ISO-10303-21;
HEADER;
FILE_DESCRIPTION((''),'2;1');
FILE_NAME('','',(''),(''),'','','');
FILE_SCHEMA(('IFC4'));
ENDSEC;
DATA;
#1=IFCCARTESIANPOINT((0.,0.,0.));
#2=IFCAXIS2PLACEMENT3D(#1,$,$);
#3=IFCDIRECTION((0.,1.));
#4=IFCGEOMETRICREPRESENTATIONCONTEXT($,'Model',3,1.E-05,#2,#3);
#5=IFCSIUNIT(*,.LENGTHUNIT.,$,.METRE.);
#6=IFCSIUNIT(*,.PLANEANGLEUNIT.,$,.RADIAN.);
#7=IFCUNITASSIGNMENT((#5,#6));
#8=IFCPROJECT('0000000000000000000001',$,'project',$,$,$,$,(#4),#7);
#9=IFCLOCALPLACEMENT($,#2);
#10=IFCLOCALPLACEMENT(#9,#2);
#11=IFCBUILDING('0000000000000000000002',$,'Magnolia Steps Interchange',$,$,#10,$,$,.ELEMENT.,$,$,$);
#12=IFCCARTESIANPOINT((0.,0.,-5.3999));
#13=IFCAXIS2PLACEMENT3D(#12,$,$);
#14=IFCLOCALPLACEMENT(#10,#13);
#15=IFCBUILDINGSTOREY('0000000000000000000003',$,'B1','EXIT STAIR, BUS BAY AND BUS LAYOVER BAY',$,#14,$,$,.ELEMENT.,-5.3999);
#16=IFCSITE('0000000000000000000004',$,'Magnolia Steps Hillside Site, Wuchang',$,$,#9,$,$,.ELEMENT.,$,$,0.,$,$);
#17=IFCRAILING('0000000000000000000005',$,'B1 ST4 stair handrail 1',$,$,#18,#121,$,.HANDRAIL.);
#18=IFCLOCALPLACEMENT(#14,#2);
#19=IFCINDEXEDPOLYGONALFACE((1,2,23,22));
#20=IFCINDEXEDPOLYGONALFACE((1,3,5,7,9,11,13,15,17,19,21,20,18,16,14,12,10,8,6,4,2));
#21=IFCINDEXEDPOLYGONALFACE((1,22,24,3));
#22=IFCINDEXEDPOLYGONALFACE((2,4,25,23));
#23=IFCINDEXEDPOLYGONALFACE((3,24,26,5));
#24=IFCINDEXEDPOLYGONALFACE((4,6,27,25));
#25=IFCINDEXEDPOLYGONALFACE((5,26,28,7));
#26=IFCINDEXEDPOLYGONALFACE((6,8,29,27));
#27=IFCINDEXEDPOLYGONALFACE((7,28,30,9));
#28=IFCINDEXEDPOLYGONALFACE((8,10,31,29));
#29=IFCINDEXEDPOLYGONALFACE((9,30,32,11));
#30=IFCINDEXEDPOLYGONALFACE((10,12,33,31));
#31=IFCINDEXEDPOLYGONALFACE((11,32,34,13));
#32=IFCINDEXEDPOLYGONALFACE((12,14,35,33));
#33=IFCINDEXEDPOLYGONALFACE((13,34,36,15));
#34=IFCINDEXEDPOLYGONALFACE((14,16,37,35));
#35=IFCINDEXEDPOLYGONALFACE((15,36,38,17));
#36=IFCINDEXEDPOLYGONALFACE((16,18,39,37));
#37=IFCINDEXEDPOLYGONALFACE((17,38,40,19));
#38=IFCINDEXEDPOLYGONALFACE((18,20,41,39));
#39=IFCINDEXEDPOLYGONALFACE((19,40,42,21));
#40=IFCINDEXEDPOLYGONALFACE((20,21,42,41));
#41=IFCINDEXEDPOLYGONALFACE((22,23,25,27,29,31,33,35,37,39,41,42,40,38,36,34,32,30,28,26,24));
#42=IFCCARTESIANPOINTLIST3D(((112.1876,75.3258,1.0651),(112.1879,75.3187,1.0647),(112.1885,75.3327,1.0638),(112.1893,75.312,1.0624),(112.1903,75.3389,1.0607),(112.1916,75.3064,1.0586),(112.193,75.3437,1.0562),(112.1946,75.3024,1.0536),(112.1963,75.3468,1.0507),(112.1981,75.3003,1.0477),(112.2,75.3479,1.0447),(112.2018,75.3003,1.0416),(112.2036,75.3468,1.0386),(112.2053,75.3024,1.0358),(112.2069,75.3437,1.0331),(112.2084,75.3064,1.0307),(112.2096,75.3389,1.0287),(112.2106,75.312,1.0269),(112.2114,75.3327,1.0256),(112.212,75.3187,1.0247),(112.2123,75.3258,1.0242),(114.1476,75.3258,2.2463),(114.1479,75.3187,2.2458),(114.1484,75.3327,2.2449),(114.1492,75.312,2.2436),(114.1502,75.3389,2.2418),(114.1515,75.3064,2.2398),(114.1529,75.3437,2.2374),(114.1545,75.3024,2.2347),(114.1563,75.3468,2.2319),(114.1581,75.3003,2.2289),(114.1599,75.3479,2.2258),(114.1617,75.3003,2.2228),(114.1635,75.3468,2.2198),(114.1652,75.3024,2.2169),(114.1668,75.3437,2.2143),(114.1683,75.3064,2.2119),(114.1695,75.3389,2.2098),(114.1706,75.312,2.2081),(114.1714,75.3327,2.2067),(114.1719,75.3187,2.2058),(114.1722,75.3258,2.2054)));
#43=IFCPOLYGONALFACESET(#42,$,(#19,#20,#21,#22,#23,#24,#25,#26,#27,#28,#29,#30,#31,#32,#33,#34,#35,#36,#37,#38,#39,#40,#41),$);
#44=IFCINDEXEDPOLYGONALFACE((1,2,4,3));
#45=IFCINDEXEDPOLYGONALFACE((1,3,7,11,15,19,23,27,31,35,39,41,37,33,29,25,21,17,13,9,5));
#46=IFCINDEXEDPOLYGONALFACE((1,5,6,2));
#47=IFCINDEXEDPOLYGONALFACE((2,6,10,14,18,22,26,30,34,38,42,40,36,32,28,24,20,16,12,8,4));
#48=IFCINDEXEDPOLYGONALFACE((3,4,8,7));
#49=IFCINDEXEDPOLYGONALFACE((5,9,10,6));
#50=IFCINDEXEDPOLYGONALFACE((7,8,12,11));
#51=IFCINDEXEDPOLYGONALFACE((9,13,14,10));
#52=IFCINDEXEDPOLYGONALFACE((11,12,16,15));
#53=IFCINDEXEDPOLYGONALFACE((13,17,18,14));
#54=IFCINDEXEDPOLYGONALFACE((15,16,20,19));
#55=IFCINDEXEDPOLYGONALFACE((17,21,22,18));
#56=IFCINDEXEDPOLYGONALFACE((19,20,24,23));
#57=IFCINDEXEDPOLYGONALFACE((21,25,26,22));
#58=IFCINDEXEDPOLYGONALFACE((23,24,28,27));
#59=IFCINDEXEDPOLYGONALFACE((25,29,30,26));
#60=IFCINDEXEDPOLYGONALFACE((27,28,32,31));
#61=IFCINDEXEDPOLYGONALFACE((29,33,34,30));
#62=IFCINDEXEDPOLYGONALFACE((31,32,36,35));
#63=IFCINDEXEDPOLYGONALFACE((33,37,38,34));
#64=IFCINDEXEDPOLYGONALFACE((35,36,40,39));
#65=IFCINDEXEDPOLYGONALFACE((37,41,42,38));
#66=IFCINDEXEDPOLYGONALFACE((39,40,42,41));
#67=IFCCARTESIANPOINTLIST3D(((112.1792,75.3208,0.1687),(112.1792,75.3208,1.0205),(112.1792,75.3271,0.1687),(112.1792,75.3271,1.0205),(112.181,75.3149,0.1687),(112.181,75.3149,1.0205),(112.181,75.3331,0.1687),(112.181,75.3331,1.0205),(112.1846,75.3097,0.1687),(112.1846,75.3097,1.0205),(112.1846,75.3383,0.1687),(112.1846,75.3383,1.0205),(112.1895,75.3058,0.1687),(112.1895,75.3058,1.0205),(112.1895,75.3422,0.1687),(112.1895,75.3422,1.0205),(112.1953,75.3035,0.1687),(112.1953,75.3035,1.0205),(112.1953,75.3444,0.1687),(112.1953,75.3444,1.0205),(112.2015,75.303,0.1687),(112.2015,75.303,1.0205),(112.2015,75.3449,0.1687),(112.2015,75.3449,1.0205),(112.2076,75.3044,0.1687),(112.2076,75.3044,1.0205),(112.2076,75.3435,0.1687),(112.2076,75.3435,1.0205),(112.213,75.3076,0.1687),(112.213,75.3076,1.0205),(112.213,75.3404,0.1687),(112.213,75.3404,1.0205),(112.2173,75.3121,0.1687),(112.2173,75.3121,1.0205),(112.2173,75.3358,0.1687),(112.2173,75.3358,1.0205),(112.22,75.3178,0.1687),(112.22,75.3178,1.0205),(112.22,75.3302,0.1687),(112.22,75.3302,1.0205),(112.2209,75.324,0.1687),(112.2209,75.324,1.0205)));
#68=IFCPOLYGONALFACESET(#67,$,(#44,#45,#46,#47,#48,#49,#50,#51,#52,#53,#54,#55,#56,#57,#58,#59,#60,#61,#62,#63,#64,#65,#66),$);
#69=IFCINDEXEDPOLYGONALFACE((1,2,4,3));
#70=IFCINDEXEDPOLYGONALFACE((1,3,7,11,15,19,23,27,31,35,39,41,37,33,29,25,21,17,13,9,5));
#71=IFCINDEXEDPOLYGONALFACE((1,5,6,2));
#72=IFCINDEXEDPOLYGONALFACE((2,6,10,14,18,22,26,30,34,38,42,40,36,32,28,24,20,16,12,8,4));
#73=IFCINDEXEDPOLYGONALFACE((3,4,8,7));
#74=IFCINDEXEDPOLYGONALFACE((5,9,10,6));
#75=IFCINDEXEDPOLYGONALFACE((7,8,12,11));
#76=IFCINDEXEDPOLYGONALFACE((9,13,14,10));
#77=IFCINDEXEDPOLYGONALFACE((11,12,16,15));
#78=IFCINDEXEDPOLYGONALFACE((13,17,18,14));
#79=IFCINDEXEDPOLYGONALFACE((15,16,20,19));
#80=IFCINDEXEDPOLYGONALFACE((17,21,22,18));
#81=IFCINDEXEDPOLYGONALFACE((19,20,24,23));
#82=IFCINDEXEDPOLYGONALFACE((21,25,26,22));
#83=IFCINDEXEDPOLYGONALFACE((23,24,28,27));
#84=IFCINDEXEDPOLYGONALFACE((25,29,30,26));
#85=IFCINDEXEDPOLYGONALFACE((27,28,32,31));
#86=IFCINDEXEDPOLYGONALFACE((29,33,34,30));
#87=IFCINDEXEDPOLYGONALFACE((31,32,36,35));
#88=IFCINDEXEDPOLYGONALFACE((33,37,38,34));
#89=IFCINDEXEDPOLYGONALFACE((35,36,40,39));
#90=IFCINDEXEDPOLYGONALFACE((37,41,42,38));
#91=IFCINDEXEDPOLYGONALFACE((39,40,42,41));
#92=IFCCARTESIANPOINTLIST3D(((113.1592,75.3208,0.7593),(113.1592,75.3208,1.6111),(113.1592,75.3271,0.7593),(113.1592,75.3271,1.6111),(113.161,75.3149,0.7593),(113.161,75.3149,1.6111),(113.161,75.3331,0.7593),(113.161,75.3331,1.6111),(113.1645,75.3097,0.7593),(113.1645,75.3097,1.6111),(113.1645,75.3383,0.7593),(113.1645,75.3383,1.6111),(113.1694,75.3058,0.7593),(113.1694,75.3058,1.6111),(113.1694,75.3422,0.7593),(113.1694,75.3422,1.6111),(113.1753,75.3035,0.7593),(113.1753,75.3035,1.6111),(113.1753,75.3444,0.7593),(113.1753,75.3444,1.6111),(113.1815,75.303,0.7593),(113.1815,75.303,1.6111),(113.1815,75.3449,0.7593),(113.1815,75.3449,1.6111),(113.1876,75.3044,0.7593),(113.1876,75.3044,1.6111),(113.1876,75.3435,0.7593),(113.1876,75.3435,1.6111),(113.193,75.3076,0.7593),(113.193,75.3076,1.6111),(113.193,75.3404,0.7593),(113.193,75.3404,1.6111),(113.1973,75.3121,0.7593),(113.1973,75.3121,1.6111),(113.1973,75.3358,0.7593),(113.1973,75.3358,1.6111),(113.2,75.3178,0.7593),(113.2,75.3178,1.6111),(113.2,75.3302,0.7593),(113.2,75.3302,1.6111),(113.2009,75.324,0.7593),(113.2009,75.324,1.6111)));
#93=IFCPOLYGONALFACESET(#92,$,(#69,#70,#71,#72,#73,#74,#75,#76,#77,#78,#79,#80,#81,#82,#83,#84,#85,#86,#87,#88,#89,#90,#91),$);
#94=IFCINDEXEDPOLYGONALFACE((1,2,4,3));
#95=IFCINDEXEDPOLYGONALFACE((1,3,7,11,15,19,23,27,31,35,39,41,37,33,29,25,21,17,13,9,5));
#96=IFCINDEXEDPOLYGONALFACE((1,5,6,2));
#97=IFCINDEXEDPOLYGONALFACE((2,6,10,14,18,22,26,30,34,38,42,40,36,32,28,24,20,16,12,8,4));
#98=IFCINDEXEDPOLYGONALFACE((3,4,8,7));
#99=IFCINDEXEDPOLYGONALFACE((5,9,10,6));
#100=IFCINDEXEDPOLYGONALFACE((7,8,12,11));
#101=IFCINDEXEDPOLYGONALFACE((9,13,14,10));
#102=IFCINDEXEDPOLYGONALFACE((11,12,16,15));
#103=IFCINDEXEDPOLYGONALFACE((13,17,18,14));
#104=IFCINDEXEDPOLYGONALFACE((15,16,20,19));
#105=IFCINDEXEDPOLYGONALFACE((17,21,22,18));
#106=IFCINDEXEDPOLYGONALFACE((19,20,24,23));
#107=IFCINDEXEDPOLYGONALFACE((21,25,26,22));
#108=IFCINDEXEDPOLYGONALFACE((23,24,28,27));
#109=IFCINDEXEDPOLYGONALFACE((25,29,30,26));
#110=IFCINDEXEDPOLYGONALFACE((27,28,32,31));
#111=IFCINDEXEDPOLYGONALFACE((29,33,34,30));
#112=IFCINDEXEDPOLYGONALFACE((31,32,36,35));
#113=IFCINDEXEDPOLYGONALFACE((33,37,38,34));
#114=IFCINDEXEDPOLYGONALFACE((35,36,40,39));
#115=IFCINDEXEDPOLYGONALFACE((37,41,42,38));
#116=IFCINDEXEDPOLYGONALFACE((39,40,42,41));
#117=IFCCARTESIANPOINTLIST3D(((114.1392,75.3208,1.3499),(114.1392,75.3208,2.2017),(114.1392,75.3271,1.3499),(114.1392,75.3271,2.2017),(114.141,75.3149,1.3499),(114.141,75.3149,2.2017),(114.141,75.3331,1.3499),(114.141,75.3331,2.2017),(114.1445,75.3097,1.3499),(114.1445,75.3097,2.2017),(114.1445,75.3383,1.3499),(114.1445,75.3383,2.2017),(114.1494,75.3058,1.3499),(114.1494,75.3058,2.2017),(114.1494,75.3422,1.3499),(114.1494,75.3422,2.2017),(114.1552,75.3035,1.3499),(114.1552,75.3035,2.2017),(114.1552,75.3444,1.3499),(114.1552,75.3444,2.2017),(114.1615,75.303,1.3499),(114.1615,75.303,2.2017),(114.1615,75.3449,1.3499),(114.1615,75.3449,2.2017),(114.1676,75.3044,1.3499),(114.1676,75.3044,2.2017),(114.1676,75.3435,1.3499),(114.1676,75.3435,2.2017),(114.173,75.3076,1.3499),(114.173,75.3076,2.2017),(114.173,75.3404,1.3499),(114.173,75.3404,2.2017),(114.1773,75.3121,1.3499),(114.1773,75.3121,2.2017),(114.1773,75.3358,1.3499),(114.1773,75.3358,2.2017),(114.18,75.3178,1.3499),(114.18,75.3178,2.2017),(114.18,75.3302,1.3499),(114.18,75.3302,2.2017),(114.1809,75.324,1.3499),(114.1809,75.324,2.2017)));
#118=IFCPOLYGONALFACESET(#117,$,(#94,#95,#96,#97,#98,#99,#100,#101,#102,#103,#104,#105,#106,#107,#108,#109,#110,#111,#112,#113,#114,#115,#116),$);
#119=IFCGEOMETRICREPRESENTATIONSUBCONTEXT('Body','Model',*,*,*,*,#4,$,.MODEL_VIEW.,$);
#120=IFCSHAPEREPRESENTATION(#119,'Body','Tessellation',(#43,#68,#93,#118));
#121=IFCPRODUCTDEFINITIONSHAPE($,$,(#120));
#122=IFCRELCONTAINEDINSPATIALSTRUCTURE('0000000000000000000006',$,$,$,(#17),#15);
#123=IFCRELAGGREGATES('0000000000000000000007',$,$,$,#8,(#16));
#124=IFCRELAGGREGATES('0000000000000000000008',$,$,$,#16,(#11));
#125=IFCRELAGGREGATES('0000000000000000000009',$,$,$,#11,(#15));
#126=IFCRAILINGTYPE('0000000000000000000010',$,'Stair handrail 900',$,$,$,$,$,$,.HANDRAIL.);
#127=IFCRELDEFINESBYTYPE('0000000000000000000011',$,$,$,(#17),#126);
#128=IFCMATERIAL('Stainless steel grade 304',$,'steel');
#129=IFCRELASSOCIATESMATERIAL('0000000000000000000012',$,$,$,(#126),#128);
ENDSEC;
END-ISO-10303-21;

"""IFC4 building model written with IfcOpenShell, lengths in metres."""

from ifc_helpers import new_model, si_unit, direction, frame, origin, origin_2d, place, context, subcontext, project, spatial, circle, extrude, material, type_object, element, save


model = new_model("IFC4")

# Units and contexts
model_context = context("Model", 3, precision=1e-05, world=origin(), true_north=direction((0.0, 1.0)))
body_context = subcontext(model_context, "Body", "Model", "MODEL_VIEW")
ifc_project = project(units=[si_unit("LENGTHUNIT", "METRE"), si_unit("PLANEANGLEUNIT", "RADIAN")], contexts=[model_context])

# Site, building, storey
site_placement = place(None, origin())
site = spatial("IfcSite", under=ifc_project, at=site_placement, Name="Magnolia Steps Hillside Site, Wuchang", CompositionType="ELEMENT", RefElevation=0.0)
building_placement = place(site_placement, origin())
building = spatial("IfcBuilding", under=site, at=building_placement, Name="Magnolia Steps Interchange", CompositionType="ELEMENT")
storey_placement = place(building_placement, frame((0.0, 0.0, -5.3999)))
storey = spatial("IfcBuildingStorey", under=building, at=storey_placement, Name="B1", Description="EXIT STAIR, BUS BAY AND BUS LAYOVER BAY", CompositionType="ELEMENT", Elevation=-5.3999)

# Railing
ifc_material_1 = material(Name="Stainless steel grade 304", Category="steel")
railing_type_1 = type_object("IfcRailingType", Name="Stair handrail 900", PredefinedType="HANDRAIL", material=ifc_material_1)
railing_1_placement = place(storey_placement, frame((112.2, 75.324, 0.1687)))
element("IfcRailing", 1, at=railing_1_placement, inside=storey, type_object=railing_type_1, Name="B1 ST4 stair handrail 1", PredefinedType="HANDRAIL", context=body_context, shape_type="SweptSolid", body=[
    extrude(circle(Radius=0.0239, at=origin_2d()), frame((0.0, 0.0, 0.876), z_axis=(0.856493, 0.0, 0.516158), x_axis=(0.0, 1.0, 0.0)), (0.0, 0.0, 1.0), 2.2883),
    extrude(circle(Radius=0.021, at=origin_2d()), origin(), (0.0, 0.0, 1.0), 0.8518),
    extrude(circle(Radius=0.021, at=origin_2d()), frame((0.98, 0.0, 0.5906)), (0.0, 0.0, 1.0), 0.8518),
    extrude(circle(Radius=0.021, at=origin_2d()), frame((1.96, 0.0, 1.1812)), (0.0, 0.0, 1.0), 0.8518),
])

save(model, "model.ifc")
